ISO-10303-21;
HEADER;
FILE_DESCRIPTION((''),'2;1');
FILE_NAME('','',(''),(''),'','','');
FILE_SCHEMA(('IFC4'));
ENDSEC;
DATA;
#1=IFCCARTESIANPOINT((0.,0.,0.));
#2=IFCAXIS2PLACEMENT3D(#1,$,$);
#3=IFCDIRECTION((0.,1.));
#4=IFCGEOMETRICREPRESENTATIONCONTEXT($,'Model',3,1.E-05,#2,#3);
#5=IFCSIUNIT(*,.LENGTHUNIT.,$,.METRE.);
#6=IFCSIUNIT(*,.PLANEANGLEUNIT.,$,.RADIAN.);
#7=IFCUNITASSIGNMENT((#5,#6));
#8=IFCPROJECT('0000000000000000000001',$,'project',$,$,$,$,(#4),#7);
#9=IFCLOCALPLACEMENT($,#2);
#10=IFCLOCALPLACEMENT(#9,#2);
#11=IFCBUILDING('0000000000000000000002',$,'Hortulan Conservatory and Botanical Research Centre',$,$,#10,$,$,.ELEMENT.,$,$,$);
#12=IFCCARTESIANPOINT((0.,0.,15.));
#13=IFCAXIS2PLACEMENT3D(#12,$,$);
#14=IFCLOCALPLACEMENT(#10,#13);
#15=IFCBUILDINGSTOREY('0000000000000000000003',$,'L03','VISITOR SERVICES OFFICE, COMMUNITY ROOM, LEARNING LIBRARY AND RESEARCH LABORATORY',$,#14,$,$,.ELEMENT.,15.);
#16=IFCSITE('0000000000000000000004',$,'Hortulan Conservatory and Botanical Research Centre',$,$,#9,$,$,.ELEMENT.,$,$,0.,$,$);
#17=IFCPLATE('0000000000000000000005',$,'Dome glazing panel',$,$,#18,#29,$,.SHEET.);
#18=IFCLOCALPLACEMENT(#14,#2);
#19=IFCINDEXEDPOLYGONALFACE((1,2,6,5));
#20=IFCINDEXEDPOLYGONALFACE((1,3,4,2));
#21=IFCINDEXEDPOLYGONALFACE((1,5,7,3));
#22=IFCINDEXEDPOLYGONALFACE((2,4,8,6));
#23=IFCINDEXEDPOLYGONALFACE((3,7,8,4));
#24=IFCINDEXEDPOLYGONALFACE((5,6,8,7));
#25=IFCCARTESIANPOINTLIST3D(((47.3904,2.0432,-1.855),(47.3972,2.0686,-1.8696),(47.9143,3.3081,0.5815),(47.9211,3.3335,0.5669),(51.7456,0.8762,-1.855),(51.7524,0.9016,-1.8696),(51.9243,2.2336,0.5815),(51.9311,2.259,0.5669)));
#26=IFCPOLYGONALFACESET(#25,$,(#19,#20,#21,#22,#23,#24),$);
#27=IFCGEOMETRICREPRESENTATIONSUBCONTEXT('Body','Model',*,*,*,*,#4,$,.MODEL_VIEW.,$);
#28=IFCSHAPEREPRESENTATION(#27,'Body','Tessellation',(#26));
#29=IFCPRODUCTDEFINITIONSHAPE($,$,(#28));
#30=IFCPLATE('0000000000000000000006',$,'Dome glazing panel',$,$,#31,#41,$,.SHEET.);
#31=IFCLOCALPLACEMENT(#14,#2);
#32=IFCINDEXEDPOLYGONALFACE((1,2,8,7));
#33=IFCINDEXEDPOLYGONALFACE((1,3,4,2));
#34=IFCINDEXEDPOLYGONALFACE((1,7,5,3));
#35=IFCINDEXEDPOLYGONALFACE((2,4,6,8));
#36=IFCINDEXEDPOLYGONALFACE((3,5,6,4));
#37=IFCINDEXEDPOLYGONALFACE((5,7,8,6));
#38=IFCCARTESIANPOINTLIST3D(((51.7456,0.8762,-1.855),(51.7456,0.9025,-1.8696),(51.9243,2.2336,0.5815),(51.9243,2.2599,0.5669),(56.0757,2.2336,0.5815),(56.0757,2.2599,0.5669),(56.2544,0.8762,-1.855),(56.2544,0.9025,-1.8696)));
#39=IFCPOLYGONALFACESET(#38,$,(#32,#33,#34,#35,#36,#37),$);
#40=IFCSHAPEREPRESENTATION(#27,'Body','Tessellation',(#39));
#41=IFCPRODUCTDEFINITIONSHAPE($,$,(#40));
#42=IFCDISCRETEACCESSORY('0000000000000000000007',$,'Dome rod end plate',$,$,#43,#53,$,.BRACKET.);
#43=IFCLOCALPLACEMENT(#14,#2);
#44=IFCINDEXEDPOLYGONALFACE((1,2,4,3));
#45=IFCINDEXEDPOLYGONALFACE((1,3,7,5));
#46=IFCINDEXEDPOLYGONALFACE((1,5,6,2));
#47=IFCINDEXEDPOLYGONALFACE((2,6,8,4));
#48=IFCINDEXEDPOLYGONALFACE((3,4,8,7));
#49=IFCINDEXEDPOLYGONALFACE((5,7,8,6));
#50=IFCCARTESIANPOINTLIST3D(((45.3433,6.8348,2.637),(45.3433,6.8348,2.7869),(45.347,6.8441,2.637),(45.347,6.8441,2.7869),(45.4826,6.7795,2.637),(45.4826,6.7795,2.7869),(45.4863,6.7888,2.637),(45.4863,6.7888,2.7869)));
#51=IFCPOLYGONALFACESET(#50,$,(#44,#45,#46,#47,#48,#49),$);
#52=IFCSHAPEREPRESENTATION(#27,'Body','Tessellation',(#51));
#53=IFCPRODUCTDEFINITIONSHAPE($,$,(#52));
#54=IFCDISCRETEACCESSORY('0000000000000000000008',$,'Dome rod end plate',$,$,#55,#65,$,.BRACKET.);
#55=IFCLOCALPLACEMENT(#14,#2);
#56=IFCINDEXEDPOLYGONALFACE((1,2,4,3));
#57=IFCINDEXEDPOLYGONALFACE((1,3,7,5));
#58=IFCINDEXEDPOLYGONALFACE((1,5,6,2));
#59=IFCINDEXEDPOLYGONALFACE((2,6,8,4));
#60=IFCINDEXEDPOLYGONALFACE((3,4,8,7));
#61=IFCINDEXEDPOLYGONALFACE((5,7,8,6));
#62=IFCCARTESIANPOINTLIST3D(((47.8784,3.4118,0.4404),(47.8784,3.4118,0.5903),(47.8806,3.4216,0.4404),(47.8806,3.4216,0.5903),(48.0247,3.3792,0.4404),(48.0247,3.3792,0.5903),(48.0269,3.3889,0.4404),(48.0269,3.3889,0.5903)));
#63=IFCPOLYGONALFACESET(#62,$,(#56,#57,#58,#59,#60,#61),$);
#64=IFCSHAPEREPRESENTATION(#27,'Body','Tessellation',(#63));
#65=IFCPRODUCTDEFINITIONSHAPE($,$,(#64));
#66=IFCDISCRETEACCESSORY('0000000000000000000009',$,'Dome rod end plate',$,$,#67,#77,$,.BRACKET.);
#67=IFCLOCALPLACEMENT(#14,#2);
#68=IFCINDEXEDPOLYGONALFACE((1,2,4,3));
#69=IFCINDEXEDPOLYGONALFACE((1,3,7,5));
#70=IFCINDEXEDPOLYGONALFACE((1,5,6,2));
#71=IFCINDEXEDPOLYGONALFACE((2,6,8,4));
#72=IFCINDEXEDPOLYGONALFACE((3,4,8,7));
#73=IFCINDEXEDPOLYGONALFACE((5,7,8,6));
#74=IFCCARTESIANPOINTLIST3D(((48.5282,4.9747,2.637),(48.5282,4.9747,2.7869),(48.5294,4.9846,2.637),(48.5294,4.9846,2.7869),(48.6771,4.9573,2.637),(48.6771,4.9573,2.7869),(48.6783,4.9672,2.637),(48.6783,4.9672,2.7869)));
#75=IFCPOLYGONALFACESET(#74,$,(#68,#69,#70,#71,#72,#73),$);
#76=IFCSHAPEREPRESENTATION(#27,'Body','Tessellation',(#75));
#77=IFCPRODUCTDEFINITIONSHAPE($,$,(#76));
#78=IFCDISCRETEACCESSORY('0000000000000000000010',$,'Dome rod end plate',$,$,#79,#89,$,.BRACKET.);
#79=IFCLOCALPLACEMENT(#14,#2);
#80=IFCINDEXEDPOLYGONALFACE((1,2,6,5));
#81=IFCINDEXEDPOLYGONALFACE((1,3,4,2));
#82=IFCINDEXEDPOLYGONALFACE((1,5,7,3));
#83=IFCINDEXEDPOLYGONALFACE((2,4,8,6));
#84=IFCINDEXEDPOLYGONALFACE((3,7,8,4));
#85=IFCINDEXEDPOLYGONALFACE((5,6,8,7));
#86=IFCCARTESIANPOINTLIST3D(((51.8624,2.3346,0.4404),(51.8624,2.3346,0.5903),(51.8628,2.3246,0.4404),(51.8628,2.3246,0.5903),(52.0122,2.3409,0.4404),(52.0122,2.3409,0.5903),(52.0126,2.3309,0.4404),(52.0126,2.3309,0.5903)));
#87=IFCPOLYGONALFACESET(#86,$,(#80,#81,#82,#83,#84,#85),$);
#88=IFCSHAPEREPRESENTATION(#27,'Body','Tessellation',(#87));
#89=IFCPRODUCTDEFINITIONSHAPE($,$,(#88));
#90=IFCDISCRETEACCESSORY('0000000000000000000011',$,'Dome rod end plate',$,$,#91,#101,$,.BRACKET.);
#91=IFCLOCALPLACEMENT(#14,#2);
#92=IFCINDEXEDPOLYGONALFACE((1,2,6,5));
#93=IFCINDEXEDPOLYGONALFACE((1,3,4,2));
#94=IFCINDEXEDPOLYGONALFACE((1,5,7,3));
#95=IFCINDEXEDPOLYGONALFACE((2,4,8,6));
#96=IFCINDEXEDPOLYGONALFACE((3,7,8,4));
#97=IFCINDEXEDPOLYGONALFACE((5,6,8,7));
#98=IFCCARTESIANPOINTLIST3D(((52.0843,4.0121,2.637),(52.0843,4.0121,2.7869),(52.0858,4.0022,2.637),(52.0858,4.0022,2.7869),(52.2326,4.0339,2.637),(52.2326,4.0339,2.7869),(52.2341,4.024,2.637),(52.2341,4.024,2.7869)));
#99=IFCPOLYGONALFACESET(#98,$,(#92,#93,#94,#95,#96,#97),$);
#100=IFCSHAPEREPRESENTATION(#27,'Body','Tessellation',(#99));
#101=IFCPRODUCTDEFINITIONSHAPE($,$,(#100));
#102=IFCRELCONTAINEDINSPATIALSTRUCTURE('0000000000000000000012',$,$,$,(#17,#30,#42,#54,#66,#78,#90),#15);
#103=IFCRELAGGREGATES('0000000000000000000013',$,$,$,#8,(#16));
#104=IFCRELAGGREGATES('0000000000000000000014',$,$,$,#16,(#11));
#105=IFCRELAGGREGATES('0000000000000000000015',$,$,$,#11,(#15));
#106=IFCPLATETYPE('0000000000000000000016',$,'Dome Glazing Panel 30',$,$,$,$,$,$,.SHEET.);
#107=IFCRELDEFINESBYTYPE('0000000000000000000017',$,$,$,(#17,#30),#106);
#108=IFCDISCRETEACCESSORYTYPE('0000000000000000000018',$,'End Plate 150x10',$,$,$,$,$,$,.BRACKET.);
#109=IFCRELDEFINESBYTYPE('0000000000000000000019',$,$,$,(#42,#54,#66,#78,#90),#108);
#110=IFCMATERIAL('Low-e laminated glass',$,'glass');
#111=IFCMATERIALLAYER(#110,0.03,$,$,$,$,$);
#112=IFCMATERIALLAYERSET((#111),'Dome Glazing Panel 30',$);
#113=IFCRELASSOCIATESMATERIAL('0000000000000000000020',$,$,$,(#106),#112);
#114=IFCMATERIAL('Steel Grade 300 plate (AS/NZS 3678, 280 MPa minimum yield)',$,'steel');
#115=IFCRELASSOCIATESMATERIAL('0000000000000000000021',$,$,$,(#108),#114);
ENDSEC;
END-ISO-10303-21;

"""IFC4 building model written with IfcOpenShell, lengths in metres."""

from ifc_helpers import new_model, si_unit, direction, frame, origin, origin_2d, place, context, subcontext, project, spatial, polyline, rectangle, outline, extrude, material, layer, layer_set, type_object, element, save


model = new_model("IFC4")

# Units and contexts
model_context = context("Model", 3, precision=1e-05, world=origin(), true_north=direction((0.0, 1.0)))
body_context = subcontext(model_context, "Body", "Model", "MODEL_VIEW")
ifc_project = project(units=[si_unit("LENGTHUNIT", "METRE"), si_unit("PLANEANGLEUNIT", "RADIAN")], contexts=[model_context])

# Site, building, storey
site_placement = place(None, origin())
site = spatial("IfcSite", under=ifc_project, at=site_placement, Name="Hortulan Conservatory and Botanical Research Centre", CompositionType="ELEMENT", RefElevation=0.0)
building_placement = place(site_placement, origin())
building = spatial("IfcBuilding", under=site, at=building_placement, Name="Hortulan Conservatory and Botanical Research Centre", CompositionType="ELEMENT")
storey_placement = place(building_placement, frame((0.0, 0.0, 15.0)))
storey = spatial("IfcBuildingStorey", under=building, at=storey_placement, Name="L03", Description="VISITOR SERVICES OFFICE, COMMUNITY ROOM, LEARNING LIBRARY AND RESEARCH LABORATORY", CompositionType="ELEMENT", Elevation=15.0)

# Plates
ifc_material_1 = material(Name="Low-e laminated glass", Category="glass")
ifc_layer = layer(ifc_material_1, 0.03)
ifc_layer_set = layer_set([ifc_layer], Name="Dome Glazing Panel 30")
plate_type = type_object("IfcPlateType", Name="Dome Glazing Panel 30", PredefinedType="SHEET", material=ifc_layer_set)
plate_1_placement = place(storey_placement, frame((47.3904, 2.0432, -1.855), z_axis=(-0.226099, -0.843814, 0.486679), x_axis=(0.965926, -0.258819, -0.000001)))
element("IfcPlate", 1, at=plate_1_placement, inside=storey, type_object=plate_type, Name="Dome glazing panel", PredefinedType="SHEET", context=body_context, shape_type="SweptSolid", body=[
    extrude(outline(polyline([(0.0, 0.0), (4.5089, 0.0), (4.3302, 2.7891), (0.1787, 2.7891), (0.0, 0.0)])), origin(), (0.0, 0.0, -1.0), 0.03),
])
plate_2_placement = place(storey_placement, frame((51.7456, 0.8762, -1.855), z_axis=(0.0, -0.873579, 0.486683), x_axis=(1.0, 0.0, 0.0)))
element("IfcPlate", 2, at=plate_2_placement, inside=storey, type_object=plate_type, Name="Dome glazing panel", PredefinedType="SHEET", context=body_context, shape_type="SweptSolid", body=[
    extrude(outline(polyline([(0.0, 0.0), (4.5088, 0.0), (4.3301, 2.7891), (0.1787, 2.7891), (0.0, 0.0)])), origin(), (0.0, 0.0, -1.0), 0.03),
])

# Discrete accessories
ifc_material_2 = material(Name="Steel Grade 300 plate (AS/NZS 3678, 280 MPa minimum yield)", Category="steel")
discrete_accessory_type = type_object("IfcDiscreteAccessoryType", Name="End Plate 150x10", PredefinedType="BRACKET", material=ifc_material_2)
for number, where, z_axis, x_axis, name in (
    (3, (45.4148, 6.8118, 2.637), (0.0, 0.0, 1.0), (0.929474, -0.368887, 0.0), "Dome rod end plate"),
    (4, (47.9526, 3.4004, 0.4404), (0.0, 0.0, 1.0), (0.97594, -0.218041, 0.0), "Dome rod end plate"),
    (5, (48.6033, 4.9709, 2.637), (0.0, 0.0, 1.0), (0.99328, -0.115735, 0.0), "Dome rod end plate"),
    (6, (51.9375, 2.3328, 0.4404), (0.0, 0.0, 1.0), (0.999118, 0.04198, 0.0), "Dome rod end plate"),
    (7, (52.1592, 4.0181, 2.637), (0.0, 0.0, 1.0), (0.989394, 0.145254, 0.0), "Dome rod end plate"),
):
    element("IfcDiscreteAccessory", number, at=place(storey_placement, frame(where, z_axis=z_axis, x_axis=x_axis)), inside=storey, type_object=discrete_accessory_type, Name=name, PredefinedType="BRACKET", context=body_context, shape_type="SweptSolid", body=[
        extrude(rectangle(XDim=0.1499, YDim=0.01, at=origin_2d()), origin(), (0.0, 0.0, 1.0), 0.1499),
    ])

save(model, "model.ifc")
